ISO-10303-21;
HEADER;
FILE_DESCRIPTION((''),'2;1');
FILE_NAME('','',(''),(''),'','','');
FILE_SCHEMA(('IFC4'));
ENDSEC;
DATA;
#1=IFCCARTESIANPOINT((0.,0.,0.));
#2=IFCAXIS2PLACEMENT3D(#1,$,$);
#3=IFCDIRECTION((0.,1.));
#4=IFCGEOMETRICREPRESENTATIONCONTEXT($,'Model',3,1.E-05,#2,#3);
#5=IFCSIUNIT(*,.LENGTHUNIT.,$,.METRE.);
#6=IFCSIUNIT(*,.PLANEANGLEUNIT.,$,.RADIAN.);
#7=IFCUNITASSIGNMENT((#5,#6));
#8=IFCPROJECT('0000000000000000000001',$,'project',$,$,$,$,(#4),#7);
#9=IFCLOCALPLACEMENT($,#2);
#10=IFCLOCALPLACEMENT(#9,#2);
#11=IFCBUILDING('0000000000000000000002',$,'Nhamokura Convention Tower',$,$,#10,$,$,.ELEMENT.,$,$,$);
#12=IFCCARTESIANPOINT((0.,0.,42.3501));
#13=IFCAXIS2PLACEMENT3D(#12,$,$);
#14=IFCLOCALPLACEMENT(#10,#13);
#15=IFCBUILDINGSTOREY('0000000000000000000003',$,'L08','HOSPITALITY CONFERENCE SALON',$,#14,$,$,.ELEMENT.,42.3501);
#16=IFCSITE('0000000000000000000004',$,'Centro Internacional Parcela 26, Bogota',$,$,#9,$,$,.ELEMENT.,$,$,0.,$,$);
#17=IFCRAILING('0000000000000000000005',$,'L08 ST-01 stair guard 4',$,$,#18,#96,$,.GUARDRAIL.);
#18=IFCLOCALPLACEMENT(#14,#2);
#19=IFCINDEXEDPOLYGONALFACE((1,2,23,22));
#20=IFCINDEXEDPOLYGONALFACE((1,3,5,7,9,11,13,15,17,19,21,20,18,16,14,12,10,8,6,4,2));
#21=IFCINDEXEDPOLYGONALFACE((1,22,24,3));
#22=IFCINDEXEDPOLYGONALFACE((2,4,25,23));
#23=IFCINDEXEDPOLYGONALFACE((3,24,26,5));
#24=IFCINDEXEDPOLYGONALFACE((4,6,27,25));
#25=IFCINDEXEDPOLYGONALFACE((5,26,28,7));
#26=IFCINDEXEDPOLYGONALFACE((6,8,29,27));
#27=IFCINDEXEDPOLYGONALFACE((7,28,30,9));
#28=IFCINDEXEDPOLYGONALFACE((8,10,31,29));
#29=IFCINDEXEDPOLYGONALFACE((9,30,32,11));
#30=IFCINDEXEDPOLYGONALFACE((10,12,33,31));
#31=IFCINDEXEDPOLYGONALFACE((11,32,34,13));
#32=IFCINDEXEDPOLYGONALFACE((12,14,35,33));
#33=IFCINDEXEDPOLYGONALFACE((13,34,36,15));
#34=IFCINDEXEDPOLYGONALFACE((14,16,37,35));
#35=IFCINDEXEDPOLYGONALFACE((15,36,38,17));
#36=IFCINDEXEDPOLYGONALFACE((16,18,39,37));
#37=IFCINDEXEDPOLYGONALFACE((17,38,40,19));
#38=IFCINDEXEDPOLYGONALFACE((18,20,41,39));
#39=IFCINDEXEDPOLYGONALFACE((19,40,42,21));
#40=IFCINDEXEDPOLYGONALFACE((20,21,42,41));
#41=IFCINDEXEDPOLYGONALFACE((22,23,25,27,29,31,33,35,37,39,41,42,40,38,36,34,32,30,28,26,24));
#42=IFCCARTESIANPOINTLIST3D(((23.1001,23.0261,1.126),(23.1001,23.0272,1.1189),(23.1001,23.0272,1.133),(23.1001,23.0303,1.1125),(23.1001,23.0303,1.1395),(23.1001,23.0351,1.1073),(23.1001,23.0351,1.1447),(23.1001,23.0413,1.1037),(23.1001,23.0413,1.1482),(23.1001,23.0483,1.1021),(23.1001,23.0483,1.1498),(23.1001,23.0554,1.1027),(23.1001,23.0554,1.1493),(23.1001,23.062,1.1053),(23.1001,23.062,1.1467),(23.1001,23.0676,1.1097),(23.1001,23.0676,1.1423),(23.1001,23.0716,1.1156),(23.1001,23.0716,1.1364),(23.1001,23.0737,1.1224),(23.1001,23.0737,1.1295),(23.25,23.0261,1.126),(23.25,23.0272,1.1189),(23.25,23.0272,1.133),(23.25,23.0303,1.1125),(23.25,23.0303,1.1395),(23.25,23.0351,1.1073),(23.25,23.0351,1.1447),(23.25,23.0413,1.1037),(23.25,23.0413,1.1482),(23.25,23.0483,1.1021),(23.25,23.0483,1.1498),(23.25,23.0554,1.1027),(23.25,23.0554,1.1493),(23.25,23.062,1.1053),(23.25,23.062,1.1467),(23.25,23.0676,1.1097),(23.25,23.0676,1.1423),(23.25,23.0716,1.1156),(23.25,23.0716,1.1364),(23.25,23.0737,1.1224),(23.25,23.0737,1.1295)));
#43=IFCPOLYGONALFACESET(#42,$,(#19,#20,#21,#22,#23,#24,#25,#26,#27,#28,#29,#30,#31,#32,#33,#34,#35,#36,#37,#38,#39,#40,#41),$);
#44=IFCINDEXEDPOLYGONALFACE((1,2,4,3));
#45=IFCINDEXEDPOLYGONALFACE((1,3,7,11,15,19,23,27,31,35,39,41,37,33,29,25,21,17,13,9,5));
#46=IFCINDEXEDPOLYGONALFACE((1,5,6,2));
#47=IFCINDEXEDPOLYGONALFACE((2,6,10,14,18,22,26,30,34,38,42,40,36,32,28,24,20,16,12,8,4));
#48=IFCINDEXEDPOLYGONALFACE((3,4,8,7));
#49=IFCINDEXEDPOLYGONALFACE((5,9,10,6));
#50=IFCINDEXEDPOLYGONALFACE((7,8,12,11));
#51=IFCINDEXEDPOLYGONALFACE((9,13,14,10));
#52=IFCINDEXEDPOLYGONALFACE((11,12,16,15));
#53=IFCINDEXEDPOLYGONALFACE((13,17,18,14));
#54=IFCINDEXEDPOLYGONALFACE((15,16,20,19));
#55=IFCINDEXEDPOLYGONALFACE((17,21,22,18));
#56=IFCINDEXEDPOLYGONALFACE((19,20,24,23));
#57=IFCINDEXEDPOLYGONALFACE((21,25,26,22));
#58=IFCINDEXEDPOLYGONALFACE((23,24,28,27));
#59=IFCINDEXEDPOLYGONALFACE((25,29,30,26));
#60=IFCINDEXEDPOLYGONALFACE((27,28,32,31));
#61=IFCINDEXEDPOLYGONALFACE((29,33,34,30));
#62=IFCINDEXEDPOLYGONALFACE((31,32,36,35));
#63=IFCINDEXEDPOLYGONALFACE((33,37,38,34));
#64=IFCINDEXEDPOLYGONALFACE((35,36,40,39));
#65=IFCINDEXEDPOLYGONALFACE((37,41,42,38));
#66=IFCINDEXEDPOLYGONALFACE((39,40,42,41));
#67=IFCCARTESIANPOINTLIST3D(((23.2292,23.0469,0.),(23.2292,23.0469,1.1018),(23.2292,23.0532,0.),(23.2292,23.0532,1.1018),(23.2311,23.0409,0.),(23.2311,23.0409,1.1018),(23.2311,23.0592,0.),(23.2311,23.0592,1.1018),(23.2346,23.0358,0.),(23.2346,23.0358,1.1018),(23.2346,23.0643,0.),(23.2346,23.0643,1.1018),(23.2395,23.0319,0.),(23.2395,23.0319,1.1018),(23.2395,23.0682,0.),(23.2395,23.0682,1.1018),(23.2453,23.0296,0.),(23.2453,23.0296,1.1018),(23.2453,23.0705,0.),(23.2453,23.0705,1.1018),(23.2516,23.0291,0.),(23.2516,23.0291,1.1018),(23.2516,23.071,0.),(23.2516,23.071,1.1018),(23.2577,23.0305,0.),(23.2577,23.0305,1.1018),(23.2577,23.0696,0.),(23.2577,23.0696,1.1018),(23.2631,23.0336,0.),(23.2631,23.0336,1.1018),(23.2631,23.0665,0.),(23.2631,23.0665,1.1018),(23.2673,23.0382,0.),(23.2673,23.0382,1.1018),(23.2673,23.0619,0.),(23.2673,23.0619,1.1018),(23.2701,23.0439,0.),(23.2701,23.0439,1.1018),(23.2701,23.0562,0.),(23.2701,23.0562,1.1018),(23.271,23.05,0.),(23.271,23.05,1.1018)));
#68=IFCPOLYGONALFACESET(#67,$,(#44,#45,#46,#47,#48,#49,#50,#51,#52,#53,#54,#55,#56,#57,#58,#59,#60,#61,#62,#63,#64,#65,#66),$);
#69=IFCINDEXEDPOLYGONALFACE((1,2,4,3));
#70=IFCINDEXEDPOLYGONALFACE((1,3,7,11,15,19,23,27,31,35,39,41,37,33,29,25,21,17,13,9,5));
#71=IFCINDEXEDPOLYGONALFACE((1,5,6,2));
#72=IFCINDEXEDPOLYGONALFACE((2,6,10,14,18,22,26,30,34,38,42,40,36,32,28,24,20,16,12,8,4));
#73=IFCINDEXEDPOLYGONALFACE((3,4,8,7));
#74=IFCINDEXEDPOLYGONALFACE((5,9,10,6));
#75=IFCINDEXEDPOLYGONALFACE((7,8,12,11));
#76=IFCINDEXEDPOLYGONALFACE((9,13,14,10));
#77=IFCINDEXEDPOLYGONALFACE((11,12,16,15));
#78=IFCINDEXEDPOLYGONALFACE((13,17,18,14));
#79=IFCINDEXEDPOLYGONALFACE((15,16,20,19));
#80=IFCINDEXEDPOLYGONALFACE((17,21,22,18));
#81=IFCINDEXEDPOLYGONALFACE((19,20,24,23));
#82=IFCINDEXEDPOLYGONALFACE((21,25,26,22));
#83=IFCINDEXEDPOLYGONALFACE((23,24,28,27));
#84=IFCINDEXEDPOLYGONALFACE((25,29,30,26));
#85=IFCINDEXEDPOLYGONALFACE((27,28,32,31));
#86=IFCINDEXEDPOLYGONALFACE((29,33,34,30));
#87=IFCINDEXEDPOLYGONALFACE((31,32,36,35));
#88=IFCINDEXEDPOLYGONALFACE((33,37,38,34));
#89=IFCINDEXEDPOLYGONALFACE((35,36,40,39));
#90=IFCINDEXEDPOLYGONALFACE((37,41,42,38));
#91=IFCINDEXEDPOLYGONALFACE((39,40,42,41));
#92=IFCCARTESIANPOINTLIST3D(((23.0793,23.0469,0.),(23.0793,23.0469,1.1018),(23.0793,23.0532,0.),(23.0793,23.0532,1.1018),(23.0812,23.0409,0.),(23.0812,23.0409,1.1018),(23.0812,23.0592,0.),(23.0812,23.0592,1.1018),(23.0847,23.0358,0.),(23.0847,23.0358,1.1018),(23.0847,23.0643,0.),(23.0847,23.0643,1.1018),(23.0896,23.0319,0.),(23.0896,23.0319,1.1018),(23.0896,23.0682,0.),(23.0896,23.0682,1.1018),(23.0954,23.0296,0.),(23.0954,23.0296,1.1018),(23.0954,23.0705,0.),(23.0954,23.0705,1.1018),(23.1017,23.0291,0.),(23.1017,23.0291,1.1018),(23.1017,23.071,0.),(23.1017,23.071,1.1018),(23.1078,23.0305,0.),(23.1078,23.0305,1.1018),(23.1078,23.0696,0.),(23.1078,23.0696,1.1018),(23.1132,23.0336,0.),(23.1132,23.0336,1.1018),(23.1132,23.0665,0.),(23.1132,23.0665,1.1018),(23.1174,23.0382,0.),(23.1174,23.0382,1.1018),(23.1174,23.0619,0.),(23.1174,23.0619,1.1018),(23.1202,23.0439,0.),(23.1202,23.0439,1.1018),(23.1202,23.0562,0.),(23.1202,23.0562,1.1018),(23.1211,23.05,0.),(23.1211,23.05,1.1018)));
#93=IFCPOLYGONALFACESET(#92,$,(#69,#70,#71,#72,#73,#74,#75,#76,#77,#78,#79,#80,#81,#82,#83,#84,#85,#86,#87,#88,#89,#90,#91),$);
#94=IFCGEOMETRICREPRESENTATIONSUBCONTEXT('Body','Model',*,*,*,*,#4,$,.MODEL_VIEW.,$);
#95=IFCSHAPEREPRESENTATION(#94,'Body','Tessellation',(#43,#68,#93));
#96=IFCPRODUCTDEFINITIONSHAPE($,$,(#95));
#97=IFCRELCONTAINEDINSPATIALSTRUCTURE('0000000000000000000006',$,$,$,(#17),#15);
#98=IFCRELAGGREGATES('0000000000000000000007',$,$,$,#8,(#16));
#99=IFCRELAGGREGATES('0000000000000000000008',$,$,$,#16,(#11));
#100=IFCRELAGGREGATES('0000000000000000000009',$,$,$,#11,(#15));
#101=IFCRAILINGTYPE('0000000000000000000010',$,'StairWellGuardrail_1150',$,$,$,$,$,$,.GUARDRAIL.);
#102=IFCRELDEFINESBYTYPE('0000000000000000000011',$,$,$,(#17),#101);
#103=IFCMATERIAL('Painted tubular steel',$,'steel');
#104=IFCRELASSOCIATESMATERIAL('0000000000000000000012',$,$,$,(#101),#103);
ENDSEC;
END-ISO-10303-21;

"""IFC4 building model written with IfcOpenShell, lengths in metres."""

from ifc_helpers import new_model, si_unit, direction, frame, origin, origin_2d, place, context, subcontext, project, spatial, circle, extrude, material, type_object, element, save


model = new_model("IFC4")

# Units and contexts
model_context = context("Model", 3, precision=1e-05, world=origin(), true_north=direction((0.0, 1.0)))
body_context = subcontext(model_context, "Body", "Model", "MODEL_VIEW")
ifc_project = project(units=[si_unit("LENGTHUNIT", "METRE"), si_unit("PLANEANGLEUNIT", "RADIAN")], contexts=[model_context])

# Site, building, storey
site_placement = place(None, origin())
site = spatial("IfcSite", under=ifc_project, at=site_placement, Name="Centro Internacional Parcela 26, Bogota", CompositionType="ELEMENT", RefElevation=0.0)
building_placement = place(site_placement, origin())
building = spatial("IfcBuilding", under=site, at=building_placement, Name="Nhamokura Convention Tower", CompositionType="ELEMENT")
storey_placement = place(building_placement, frame((0.0, 0.0, 42.3501)))
storey = spatial("IfcBuildingStorey", under=building, at=storey_placement, Name="L08", Description="HOSPITALITY CONFERENCE SALON", CompositionType="ELEMENT", Elevation=42.3501)

# Railing
ifc_material_1 = material(Name="Painted tubular steel", Category="steel")
railing_type_1 = type_object("IfcRailingType", Name="StairWellGuardrail_1150", PredefinedType="GUARDRAIL", material=ifc_material_1)
railing_1_placement = place(storey_placement, frame((23.25, 23.05, 0.0)))
element("IfcRailing", 1, at=railing_1_placement, inside=storey, type_object=railing_type_1, Name="L08 ST-01 stair guard 4", PredefinedType="GUARDRAIL", context=body_context, shape_type="SweptSolid", body=[
    extrude(circle(Radius=0.0239, at=origin_2d()), frame((0.0, 0.0, 1.126), z_axis=(-1.0, 0.0, 0.0), x_axis=(0.0, -1.0, 0.0)), (0.0, 0.0, 1.0), 0.1499),
    extrude(circle(Radius=0.021, at=origin_2d()), origin(), (0.0, 0.0, 1.0), 1.1018),
    extrude(circle(Radius=0.021, at=origin_2d()), frame((-0.1499, 0.0, 0.0)), (0.0, 0.0, 1.0), 1.1018),
])

save(model, "model.ifc")
